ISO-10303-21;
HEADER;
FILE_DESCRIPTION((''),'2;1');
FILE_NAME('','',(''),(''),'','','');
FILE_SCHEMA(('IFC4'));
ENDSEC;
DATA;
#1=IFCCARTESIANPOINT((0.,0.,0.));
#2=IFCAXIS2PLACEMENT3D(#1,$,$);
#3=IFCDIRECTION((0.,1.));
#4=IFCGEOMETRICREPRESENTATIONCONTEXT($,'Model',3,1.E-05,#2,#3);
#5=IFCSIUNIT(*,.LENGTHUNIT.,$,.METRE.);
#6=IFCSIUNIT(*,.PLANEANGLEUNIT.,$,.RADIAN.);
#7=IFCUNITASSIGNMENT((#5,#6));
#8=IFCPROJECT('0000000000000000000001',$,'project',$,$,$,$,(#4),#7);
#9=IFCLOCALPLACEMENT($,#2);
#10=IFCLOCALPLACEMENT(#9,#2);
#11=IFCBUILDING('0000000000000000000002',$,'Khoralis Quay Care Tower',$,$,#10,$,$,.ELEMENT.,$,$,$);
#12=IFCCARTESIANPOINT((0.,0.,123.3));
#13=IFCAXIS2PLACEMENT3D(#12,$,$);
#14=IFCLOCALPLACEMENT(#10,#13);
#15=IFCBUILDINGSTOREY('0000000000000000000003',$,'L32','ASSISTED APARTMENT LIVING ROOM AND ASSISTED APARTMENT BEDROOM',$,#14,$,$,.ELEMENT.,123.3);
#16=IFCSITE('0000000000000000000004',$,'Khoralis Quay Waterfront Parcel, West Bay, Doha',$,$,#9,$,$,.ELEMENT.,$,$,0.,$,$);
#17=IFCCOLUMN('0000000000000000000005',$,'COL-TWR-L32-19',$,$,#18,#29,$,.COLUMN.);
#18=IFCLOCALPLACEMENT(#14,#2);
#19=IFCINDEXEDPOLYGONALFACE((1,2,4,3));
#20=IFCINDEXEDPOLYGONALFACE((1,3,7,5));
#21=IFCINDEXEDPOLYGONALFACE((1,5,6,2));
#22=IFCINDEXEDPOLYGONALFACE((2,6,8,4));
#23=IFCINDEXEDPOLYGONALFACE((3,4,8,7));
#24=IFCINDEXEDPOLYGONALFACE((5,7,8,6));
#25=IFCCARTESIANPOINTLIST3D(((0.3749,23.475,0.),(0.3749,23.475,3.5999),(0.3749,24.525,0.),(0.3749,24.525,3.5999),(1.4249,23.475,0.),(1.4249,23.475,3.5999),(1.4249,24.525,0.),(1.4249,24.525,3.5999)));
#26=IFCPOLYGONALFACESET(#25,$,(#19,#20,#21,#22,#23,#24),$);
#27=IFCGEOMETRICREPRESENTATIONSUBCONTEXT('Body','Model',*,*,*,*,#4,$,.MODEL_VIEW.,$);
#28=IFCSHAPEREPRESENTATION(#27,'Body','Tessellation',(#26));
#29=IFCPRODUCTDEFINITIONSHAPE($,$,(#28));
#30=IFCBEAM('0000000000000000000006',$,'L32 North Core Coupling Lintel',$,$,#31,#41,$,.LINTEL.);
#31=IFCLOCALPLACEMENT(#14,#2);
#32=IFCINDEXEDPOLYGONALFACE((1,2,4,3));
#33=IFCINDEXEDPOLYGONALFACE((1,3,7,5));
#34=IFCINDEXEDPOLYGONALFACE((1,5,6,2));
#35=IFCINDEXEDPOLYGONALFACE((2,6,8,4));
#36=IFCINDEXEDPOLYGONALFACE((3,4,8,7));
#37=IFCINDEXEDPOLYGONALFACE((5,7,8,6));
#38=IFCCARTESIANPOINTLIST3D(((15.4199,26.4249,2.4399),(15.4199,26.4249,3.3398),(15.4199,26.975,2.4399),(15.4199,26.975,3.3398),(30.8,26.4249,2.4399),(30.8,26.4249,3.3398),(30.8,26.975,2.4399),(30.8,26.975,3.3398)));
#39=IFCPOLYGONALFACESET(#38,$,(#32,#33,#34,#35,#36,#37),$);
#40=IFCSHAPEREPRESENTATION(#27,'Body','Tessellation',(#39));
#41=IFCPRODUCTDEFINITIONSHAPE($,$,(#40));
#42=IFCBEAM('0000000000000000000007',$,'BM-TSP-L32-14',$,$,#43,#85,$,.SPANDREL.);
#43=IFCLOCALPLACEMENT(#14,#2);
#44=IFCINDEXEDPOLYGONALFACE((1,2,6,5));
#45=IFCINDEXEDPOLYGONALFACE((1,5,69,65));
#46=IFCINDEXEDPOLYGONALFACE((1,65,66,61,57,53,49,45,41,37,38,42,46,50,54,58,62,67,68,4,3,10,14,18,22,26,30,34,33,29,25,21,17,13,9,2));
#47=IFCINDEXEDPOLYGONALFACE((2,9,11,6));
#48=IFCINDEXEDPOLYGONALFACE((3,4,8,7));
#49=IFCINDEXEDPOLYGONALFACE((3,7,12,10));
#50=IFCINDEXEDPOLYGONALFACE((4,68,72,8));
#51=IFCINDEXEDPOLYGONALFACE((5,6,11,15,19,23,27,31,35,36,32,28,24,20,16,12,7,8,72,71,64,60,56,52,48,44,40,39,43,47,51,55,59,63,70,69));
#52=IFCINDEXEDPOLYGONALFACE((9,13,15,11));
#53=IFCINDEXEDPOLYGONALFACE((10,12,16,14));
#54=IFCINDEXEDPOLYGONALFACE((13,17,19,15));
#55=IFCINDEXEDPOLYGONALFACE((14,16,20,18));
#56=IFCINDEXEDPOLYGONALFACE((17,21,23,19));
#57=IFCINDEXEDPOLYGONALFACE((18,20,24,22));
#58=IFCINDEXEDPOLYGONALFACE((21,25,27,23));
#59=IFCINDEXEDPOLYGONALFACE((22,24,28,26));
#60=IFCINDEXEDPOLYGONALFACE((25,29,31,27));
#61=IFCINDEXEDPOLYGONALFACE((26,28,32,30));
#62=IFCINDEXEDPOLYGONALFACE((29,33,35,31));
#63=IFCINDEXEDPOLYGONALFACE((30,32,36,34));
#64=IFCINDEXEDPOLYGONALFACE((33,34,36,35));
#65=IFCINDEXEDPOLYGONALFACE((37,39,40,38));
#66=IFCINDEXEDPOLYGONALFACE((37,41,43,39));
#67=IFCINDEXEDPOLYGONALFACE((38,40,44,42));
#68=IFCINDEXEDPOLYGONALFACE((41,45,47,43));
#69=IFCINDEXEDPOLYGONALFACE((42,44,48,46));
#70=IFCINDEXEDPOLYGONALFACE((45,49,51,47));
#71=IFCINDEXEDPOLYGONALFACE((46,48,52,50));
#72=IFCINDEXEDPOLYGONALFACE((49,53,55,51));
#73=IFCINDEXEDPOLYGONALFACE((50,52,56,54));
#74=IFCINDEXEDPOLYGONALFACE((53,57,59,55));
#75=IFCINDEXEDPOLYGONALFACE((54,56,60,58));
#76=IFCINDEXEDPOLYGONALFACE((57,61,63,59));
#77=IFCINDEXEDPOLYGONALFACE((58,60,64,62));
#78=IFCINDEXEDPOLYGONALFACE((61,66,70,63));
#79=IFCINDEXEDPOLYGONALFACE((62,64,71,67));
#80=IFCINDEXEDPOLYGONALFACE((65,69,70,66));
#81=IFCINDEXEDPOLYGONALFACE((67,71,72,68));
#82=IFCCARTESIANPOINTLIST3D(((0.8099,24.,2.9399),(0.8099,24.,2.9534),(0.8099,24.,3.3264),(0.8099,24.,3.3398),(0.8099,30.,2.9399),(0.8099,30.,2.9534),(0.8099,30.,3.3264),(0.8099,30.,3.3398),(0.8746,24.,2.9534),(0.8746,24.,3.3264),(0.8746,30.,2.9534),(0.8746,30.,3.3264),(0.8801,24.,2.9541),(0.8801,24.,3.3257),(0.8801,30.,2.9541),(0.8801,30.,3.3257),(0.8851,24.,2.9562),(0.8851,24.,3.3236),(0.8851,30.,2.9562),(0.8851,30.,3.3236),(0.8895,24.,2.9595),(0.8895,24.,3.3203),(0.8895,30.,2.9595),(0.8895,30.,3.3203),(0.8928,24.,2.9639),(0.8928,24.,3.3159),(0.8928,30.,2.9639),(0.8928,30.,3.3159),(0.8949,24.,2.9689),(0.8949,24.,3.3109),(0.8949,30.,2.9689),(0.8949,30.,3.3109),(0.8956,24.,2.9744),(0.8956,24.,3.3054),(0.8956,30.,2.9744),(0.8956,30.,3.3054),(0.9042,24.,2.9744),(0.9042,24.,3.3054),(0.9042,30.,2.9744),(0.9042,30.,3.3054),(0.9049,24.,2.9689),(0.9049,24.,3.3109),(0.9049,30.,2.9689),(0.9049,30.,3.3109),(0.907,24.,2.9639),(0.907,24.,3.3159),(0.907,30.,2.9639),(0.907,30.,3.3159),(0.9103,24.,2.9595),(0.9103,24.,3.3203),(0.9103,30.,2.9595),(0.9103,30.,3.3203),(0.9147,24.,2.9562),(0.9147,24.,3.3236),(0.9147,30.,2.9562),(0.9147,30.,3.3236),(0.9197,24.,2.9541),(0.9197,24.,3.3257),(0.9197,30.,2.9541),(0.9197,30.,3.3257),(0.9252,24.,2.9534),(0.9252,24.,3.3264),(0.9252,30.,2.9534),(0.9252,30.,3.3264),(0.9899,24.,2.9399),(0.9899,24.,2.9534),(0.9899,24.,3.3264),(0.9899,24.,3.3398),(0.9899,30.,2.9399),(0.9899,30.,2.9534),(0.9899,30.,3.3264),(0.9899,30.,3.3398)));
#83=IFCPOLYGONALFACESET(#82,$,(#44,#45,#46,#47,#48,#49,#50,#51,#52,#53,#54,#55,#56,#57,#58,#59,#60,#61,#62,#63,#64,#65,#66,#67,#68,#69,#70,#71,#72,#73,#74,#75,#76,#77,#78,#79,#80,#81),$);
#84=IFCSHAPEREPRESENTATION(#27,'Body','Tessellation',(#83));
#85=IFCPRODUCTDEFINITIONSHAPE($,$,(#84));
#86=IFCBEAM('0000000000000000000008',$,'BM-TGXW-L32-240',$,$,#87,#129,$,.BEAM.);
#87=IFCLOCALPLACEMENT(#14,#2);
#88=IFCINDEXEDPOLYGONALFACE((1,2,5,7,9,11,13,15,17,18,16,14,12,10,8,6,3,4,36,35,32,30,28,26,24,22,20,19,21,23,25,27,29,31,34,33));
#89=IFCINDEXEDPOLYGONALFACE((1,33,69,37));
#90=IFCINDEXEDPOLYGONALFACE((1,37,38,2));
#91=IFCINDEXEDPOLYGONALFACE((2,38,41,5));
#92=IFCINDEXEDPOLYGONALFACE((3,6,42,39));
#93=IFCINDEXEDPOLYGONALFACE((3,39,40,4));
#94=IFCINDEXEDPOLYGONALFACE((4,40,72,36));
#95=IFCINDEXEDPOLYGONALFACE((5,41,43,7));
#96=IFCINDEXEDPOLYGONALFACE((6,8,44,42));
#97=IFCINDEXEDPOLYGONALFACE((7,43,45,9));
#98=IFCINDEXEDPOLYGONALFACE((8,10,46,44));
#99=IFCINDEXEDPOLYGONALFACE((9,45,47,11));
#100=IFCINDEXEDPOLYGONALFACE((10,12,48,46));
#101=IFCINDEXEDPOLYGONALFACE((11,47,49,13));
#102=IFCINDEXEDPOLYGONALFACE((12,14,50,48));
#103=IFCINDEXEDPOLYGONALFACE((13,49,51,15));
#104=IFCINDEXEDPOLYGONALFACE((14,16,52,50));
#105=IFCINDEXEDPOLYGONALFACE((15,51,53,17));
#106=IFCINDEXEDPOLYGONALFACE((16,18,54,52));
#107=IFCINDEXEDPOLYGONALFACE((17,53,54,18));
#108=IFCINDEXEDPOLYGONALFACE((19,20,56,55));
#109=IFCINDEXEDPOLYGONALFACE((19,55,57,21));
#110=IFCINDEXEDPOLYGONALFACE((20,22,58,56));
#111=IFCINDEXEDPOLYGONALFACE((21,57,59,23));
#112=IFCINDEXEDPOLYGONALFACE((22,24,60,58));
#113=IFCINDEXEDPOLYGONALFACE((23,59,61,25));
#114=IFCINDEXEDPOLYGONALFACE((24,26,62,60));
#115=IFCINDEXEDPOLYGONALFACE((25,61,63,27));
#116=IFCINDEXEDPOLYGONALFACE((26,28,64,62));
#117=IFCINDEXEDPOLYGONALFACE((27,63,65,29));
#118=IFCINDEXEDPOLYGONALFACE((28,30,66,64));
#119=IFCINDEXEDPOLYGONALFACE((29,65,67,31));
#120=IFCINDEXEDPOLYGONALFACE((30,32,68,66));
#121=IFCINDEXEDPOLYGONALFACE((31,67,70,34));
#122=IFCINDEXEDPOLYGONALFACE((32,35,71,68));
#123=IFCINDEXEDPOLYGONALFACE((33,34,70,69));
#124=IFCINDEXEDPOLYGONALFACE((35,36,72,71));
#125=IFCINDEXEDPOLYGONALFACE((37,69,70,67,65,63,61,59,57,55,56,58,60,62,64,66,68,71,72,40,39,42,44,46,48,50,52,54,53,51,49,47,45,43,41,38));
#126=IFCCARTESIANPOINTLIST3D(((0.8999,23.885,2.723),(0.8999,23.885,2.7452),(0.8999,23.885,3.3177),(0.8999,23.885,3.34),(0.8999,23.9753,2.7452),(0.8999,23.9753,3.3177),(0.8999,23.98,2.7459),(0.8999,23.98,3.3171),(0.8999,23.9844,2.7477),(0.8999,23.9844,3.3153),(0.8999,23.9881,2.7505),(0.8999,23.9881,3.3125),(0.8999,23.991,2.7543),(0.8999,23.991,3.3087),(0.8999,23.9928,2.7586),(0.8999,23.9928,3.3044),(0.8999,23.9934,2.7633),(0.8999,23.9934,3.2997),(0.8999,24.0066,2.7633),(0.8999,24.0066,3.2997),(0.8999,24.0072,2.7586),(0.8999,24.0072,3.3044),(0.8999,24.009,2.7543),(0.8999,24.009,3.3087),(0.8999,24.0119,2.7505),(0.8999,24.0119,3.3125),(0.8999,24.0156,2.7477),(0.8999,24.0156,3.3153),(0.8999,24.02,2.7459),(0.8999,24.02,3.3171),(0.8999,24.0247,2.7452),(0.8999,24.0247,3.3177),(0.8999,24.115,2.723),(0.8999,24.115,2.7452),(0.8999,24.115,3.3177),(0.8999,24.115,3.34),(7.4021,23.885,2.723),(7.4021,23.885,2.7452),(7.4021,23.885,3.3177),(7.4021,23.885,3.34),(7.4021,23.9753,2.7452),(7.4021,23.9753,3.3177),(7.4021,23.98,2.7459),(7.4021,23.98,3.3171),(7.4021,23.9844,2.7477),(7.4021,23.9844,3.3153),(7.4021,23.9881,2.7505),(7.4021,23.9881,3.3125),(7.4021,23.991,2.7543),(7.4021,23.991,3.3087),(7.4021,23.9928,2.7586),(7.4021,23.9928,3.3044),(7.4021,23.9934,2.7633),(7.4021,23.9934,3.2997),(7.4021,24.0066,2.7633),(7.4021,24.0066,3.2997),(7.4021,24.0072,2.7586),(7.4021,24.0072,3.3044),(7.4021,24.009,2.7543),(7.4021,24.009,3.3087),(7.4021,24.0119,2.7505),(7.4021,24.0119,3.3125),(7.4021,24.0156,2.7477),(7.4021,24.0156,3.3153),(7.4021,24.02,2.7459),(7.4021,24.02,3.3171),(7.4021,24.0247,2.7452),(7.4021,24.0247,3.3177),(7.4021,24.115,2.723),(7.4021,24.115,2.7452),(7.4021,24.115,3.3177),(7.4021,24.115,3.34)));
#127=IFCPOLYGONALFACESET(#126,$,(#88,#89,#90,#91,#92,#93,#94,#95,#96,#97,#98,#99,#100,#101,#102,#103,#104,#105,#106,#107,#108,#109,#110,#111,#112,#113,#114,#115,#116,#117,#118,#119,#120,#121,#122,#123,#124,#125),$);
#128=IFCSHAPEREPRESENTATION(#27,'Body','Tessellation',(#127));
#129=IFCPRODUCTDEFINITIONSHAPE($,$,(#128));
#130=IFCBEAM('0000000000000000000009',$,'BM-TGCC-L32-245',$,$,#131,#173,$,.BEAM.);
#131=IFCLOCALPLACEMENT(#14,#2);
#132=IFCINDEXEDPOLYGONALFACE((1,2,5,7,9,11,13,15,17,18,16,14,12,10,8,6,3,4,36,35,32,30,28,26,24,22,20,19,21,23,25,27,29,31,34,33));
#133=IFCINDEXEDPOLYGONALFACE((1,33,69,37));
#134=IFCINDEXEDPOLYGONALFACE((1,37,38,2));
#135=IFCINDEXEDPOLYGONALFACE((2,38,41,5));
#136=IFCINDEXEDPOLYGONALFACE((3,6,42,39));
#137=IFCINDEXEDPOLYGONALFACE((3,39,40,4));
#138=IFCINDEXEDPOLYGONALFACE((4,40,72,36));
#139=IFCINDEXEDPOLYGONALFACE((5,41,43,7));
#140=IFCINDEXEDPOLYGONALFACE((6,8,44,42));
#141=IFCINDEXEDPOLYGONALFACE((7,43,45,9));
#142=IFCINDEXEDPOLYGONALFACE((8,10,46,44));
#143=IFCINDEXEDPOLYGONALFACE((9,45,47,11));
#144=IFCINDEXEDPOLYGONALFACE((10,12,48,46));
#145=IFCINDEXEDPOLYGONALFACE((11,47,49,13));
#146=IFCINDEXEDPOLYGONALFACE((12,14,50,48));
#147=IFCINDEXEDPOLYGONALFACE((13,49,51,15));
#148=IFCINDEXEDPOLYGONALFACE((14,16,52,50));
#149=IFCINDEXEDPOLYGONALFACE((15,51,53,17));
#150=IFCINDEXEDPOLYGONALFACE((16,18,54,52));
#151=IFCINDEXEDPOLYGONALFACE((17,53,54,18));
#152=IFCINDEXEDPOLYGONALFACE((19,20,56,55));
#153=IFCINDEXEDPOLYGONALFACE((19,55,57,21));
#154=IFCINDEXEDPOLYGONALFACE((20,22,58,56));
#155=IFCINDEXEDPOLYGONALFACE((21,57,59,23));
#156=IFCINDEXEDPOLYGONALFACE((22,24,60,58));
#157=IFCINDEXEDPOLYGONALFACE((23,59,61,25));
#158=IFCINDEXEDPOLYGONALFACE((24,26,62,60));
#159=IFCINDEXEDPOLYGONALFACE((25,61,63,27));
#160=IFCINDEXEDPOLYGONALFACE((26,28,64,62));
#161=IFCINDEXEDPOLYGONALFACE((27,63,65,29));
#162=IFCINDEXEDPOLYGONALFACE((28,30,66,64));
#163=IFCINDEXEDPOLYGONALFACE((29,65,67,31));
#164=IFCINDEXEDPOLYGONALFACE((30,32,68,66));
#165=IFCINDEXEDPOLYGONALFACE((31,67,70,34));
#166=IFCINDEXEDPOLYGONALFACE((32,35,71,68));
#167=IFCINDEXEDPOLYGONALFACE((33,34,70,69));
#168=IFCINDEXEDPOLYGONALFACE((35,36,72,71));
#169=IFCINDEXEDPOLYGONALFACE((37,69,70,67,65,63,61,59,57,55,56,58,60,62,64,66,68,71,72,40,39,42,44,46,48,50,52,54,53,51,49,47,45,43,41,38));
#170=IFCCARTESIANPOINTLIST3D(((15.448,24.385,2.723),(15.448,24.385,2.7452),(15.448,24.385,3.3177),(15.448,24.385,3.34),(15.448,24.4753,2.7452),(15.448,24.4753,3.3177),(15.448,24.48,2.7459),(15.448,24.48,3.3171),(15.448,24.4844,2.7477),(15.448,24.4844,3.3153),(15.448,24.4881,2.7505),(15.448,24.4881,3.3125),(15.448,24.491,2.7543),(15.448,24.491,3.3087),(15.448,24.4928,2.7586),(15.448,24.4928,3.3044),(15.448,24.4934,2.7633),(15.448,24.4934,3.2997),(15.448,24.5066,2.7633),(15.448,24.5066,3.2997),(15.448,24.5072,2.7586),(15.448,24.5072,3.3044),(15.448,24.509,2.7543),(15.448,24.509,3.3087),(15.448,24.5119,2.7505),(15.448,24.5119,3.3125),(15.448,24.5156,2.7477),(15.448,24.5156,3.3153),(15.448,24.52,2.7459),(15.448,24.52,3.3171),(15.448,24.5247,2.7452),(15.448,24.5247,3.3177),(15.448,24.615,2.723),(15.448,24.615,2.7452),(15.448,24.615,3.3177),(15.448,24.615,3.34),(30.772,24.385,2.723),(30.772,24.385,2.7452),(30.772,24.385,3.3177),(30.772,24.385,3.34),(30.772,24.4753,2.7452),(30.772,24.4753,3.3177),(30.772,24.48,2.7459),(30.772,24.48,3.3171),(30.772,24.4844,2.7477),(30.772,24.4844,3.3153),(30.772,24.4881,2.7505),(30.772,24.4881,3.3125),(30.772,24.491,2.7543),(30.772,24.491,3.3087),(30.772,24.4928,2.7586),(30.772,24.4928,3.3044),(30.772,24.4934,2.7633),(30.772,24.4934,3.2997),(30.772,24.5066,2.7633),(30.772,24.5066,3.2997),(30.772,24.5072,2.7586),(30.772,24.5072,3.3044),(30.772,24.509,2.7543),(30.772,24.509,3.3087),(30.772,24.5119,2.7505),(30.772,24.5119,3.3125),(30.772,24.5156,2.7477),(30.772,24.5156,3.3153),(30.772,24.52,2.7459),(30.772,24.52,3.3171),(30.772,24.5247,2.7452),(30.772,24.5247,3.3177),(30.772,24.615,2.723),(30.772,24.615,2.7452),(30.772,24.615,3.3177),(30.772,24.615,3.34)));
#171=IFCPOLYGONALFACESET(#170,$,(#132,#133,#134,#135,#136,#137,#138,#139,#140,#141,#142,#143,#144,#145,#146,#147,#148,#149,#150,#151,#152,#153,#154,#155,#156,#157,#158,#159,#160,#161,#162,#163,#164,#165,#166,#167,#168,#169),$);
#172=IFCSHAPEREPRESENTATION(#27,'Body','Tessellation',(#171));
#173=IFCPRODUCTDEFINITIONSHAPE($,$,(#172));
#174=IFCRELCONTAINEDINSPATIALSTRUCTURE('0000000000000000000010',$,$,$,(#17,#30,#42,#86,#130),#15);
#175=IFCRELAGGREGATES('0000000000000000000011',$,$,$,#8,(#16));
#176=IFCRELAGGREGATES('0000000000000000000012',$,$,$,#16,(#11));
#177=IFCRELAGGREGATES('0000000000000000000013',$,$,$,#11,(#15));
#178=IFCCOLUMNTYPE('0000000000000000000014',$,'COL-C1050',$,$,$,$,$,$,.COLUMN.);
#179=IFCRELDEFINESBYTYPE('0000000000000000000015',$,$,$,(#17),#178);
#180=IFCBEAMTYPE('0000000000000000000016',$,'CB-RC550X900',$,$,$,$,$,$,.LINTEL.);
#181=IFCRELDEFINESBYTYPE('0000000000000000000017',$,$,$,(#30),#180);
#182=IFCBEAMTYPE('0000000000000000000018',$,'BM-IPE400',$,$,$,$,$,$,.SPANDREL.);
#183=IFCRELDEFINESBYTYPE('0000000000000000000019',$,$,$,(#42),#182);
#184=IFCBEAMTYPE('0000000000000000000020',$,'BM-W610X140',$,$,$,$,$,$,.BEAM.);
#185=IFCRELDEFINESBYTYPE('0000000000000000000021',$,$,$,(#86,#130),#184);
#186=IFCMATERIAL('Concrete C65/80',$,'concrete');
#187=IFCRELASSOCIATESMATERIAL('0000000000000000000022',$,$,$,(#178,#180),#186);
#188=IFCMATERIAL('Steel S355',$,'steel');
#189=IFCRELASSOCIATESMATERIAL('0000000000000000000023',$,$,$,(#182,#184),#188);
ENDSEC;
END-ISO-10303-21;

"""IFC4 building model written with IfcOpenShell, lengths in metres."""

from ifc_helpers import new_model, si_unit, direction, frame, origin, origin_2d, place, context, subcontext, project, spatial, rectangle, i_section, extrude, source, transform, mapped, material, material_profile, profile_set, type_object, element, save


model = new_model("IFC4")

# Units and contexts
model_context = context("Model", 3, precision=1e-05, world=origin(), true_north=direction((0.0, 1.0)))
body_context = subcontext(model_context, "Body", "Model", "MODEL_VIEW")
ifc_project = project(units=[si_unit("LENGTHUNIT", "METRE"), si_unit("PLANEANGLEUNIT", "RADIAN")], contexts=[model_context])

# Site, building, storey
site_placement = place(None, origin())
site = spatial("IfcSite", under=ifc_project, at=site_placement, Name="Khoralis Quay Waterfront Parcel, West Bay, Doha", CompositionType="ELEMENT", RefElevation=0.0)
building_placement = place(site_placement, origin())
building = spatial("IfcBuilding", under=site, at=building_placement, Name="Khoralis Quay Care Tower", CompositionType="ELEMENT")
storey_placement = place(building_placement, frame((0.0, 0.0, 123.3)))
storey = spatial("IfcBuildingStorey", under=building, at=storey_placement, Name="L32", Description="ASSISTED APARTMENT LIVING ROOM AND ASSISTED APARTMENT BEDROOM", CompositionType="ELEMENT", Elevation=123.3)

# Column
ifc_material_1 = material(Name="Concrete C65/80", Category="concrete")
ifc_material_profile_1 = material_profile(ifc_material_1, rectangle(XDim=1.05, YDim=1.05, at=origin_2d()), Name="Concrete C65/80")
ifc_profile_set_1 = profile_set([ifc_material_profile_1], Name="Concrete C65/80")
column_type = type_object("IfcColumnType", Name="COL-C1050", PredefinedType="COLUMN", material=ifc_profile_set_1)
shared_shape_1 = source(origin(), body_context, "Body", "SweptSolid", [
    extrude(rectangle(XDim=1.05, YDim=1.05, at=origin_2d()), origin(), (0.0, 0.0, 1.0), 3.5999),
])
column_placement = place(storey_placement, frame((0.8999, 24.0, 0.0), z_axis=(0.0, 0.0, 1.0), x_axis=(1.0, 0.0, 0.0)))
element("IfcColumn", 1, at=column_placement, inside=storey, type_object=column_type, Name="COL-TWR-L32-19", PredefinedType="COLUMN", context=body_context, shape_type="MappedRepresentation", body=[
    mapped(shared_shape_1, transform((0.0, 0.0, 0.0), scale=1.0)),
])

# Beams
ifc_material_profile_2 = material_profile(ifc_material_1, rectangle(XDim=0.55, YDim=0.8999, at=origin_2d()), Name="Concrete C65/80")
ifc_profile_set_2 = profile_set([ifc_material_profile_2], Name="Concrete C65/80")
beam_type_1 = type_object("IfcBeamType", Name="CB-RC550X900", PredefinedType="LINTEL", material=ifc_profile_set_2)
shared_shape_2 = source(origin(), body_context, "Body", "SweptSolid", [
    extrude(rectangle(XDim=0.55, YDim=0.8999, at=origin_2d()), origin(), (0.0, 0.0, 1.0), 15.3801),
])
beam_1_placement = place(storey_placement, frame((15.4199, 26.7, 2.8899), z_axis=(1.0, 0.0, 0.0), x_axis=(0.0, 1.0, 0.0)))
element("IfcBeam", 2, at=beam_1_placement, inside=storey, type_object=beam_type_1, Name="L32 North Core Coupling Lintel", PredefinedType="LINTEL", context=body_context, shape_type="MappedRepresentation", body=[
    mapped(shared_shape_2, transform((0.0, 0.0, 0.0), scale=1.0)),
])
ifc_material_2 = material(Name="Steel S355", Category="steel")
ifc_material_profile_3 = material_profile(ifc_material_2, i_section(OverallWidth=0.1799, OverallDepth=0.3999, WebThickness=0.0085, FlangeThickness=0.0134, FilletRadius=0.021, at=origin_2d()), Name="Steel S355")
ifc_profile_set_3 = profile_set([ifc_material_profile_3], Name="Steel S355")
beam_type_2 = type_object("IfcBeamType", Name="BM-IPE400", PredefinedType="SPANDREL", material=ifc_profile_set_3)
shared_shape_3 = source(origin(), body_context, "Body", "SweptSolid", [
    extrude(i_section(OverallWidth=0.1799, OverallDepth=0.3999, WebThickness=0.0085, FlangeThickness=0.0134, FilletRadius=0.021, at=origin_2d()), origin(), (0.0, 0.0, 1.0), 6.0),
])
beam_2_placement = place(storey_placement, frame((0.8999, 24.0, 3.1399), z_axis=(0.0, 1.0, 0.0), x_axis=(-1.0, 0.0, 0.0)))
element("IfcBeam", 3, at=beam_2_placement, inside=storey, type_object=beam_type_2, Name="BM-TSP-L32-14", PredefinedType="SPANDREL", context=body_context, shape_type="MappedRepresentation", body=[
    mapped(shared_shape_3, transform((0.0, 0.0, 0.0), scale=1.0)),
])
ifc_material_profile_4 = material_profile(ifc_material_2, i_section(OverallWidth=0.23, OverallDepth=0.6169, WebThickness=0.0132, FlangeThickness=0.0222, FilletRadius=0.0181, at=origin_2d()), Name="Steel S355")
ifc_profile_set_4 = profile_set([ifc_material_profile_4], Name="Steel S355")
beam_type_3 = type_object("IfcBeamType", Name="BM-W610X140", PredefinedType="BEAM", material=ifc_profile_set_4)
shared_shape_4 = source(origin(), body_context, "Body", "SweptSolid", [
    extrude(i_section(OverallWidth=0.23, OverallDepth=0.6169, WebThickness=0.0132, FlangeThickness=0.0222, FilletRadius=0.0181, at=origin_2d()), origin(), (0.0, 0.0, 1.0), 6.5022),
])
beam_3_placement = place(storey_placement, frame((0.8999, 24.0, 3.0315), z_axis=(1.0, 0.0, 0.0), x_axis=(0.0, 1.0, 0.0)))
element("IfcBeam", 4, at=beam_3_placement, inside=storey, type_object=beam_type_3, Name="BM-TGXW-L32-240", PredefinedType="BEAM", context=body_context, shape_type="MappedRepresentation", body=[
    mapped(shared_shape_4, transform((0.0, 0.0, 0.0), scale=1.0)),
])
shared_shape_5 = source(origin(), body_context, "Body", "SweptSolid", [
    extrude(i_section(OverallWidth=0.23, OverallDepth=0.6169, WebThickness=0.0132, FlangeThickness=0.0222, FilletRadius=0.0181, at=origin_2d()), origin(), (0.0, 0.0, 1.0), 15.324),
])
beam_4_placement = place(storey_placement, frame((15.448, 24.5, 3.0315), z_axis=(1.0, 0.0, 0.0), x_axis=(0.0, 1.0, 0.0)))
element("IfcBeam", 5, at=beam_4_placement, inside=storey, type_object=beam_type_3, Name="BM-TGCC-L32-245", PredefinedType="BEAM", context=body_context, shape_type="MappedRepresentation", body=[
    mapped(shared_shape_5, transform((0.0, 0.0, 0.0), scale=1.0)),
])

save(model, "model.ifc")
